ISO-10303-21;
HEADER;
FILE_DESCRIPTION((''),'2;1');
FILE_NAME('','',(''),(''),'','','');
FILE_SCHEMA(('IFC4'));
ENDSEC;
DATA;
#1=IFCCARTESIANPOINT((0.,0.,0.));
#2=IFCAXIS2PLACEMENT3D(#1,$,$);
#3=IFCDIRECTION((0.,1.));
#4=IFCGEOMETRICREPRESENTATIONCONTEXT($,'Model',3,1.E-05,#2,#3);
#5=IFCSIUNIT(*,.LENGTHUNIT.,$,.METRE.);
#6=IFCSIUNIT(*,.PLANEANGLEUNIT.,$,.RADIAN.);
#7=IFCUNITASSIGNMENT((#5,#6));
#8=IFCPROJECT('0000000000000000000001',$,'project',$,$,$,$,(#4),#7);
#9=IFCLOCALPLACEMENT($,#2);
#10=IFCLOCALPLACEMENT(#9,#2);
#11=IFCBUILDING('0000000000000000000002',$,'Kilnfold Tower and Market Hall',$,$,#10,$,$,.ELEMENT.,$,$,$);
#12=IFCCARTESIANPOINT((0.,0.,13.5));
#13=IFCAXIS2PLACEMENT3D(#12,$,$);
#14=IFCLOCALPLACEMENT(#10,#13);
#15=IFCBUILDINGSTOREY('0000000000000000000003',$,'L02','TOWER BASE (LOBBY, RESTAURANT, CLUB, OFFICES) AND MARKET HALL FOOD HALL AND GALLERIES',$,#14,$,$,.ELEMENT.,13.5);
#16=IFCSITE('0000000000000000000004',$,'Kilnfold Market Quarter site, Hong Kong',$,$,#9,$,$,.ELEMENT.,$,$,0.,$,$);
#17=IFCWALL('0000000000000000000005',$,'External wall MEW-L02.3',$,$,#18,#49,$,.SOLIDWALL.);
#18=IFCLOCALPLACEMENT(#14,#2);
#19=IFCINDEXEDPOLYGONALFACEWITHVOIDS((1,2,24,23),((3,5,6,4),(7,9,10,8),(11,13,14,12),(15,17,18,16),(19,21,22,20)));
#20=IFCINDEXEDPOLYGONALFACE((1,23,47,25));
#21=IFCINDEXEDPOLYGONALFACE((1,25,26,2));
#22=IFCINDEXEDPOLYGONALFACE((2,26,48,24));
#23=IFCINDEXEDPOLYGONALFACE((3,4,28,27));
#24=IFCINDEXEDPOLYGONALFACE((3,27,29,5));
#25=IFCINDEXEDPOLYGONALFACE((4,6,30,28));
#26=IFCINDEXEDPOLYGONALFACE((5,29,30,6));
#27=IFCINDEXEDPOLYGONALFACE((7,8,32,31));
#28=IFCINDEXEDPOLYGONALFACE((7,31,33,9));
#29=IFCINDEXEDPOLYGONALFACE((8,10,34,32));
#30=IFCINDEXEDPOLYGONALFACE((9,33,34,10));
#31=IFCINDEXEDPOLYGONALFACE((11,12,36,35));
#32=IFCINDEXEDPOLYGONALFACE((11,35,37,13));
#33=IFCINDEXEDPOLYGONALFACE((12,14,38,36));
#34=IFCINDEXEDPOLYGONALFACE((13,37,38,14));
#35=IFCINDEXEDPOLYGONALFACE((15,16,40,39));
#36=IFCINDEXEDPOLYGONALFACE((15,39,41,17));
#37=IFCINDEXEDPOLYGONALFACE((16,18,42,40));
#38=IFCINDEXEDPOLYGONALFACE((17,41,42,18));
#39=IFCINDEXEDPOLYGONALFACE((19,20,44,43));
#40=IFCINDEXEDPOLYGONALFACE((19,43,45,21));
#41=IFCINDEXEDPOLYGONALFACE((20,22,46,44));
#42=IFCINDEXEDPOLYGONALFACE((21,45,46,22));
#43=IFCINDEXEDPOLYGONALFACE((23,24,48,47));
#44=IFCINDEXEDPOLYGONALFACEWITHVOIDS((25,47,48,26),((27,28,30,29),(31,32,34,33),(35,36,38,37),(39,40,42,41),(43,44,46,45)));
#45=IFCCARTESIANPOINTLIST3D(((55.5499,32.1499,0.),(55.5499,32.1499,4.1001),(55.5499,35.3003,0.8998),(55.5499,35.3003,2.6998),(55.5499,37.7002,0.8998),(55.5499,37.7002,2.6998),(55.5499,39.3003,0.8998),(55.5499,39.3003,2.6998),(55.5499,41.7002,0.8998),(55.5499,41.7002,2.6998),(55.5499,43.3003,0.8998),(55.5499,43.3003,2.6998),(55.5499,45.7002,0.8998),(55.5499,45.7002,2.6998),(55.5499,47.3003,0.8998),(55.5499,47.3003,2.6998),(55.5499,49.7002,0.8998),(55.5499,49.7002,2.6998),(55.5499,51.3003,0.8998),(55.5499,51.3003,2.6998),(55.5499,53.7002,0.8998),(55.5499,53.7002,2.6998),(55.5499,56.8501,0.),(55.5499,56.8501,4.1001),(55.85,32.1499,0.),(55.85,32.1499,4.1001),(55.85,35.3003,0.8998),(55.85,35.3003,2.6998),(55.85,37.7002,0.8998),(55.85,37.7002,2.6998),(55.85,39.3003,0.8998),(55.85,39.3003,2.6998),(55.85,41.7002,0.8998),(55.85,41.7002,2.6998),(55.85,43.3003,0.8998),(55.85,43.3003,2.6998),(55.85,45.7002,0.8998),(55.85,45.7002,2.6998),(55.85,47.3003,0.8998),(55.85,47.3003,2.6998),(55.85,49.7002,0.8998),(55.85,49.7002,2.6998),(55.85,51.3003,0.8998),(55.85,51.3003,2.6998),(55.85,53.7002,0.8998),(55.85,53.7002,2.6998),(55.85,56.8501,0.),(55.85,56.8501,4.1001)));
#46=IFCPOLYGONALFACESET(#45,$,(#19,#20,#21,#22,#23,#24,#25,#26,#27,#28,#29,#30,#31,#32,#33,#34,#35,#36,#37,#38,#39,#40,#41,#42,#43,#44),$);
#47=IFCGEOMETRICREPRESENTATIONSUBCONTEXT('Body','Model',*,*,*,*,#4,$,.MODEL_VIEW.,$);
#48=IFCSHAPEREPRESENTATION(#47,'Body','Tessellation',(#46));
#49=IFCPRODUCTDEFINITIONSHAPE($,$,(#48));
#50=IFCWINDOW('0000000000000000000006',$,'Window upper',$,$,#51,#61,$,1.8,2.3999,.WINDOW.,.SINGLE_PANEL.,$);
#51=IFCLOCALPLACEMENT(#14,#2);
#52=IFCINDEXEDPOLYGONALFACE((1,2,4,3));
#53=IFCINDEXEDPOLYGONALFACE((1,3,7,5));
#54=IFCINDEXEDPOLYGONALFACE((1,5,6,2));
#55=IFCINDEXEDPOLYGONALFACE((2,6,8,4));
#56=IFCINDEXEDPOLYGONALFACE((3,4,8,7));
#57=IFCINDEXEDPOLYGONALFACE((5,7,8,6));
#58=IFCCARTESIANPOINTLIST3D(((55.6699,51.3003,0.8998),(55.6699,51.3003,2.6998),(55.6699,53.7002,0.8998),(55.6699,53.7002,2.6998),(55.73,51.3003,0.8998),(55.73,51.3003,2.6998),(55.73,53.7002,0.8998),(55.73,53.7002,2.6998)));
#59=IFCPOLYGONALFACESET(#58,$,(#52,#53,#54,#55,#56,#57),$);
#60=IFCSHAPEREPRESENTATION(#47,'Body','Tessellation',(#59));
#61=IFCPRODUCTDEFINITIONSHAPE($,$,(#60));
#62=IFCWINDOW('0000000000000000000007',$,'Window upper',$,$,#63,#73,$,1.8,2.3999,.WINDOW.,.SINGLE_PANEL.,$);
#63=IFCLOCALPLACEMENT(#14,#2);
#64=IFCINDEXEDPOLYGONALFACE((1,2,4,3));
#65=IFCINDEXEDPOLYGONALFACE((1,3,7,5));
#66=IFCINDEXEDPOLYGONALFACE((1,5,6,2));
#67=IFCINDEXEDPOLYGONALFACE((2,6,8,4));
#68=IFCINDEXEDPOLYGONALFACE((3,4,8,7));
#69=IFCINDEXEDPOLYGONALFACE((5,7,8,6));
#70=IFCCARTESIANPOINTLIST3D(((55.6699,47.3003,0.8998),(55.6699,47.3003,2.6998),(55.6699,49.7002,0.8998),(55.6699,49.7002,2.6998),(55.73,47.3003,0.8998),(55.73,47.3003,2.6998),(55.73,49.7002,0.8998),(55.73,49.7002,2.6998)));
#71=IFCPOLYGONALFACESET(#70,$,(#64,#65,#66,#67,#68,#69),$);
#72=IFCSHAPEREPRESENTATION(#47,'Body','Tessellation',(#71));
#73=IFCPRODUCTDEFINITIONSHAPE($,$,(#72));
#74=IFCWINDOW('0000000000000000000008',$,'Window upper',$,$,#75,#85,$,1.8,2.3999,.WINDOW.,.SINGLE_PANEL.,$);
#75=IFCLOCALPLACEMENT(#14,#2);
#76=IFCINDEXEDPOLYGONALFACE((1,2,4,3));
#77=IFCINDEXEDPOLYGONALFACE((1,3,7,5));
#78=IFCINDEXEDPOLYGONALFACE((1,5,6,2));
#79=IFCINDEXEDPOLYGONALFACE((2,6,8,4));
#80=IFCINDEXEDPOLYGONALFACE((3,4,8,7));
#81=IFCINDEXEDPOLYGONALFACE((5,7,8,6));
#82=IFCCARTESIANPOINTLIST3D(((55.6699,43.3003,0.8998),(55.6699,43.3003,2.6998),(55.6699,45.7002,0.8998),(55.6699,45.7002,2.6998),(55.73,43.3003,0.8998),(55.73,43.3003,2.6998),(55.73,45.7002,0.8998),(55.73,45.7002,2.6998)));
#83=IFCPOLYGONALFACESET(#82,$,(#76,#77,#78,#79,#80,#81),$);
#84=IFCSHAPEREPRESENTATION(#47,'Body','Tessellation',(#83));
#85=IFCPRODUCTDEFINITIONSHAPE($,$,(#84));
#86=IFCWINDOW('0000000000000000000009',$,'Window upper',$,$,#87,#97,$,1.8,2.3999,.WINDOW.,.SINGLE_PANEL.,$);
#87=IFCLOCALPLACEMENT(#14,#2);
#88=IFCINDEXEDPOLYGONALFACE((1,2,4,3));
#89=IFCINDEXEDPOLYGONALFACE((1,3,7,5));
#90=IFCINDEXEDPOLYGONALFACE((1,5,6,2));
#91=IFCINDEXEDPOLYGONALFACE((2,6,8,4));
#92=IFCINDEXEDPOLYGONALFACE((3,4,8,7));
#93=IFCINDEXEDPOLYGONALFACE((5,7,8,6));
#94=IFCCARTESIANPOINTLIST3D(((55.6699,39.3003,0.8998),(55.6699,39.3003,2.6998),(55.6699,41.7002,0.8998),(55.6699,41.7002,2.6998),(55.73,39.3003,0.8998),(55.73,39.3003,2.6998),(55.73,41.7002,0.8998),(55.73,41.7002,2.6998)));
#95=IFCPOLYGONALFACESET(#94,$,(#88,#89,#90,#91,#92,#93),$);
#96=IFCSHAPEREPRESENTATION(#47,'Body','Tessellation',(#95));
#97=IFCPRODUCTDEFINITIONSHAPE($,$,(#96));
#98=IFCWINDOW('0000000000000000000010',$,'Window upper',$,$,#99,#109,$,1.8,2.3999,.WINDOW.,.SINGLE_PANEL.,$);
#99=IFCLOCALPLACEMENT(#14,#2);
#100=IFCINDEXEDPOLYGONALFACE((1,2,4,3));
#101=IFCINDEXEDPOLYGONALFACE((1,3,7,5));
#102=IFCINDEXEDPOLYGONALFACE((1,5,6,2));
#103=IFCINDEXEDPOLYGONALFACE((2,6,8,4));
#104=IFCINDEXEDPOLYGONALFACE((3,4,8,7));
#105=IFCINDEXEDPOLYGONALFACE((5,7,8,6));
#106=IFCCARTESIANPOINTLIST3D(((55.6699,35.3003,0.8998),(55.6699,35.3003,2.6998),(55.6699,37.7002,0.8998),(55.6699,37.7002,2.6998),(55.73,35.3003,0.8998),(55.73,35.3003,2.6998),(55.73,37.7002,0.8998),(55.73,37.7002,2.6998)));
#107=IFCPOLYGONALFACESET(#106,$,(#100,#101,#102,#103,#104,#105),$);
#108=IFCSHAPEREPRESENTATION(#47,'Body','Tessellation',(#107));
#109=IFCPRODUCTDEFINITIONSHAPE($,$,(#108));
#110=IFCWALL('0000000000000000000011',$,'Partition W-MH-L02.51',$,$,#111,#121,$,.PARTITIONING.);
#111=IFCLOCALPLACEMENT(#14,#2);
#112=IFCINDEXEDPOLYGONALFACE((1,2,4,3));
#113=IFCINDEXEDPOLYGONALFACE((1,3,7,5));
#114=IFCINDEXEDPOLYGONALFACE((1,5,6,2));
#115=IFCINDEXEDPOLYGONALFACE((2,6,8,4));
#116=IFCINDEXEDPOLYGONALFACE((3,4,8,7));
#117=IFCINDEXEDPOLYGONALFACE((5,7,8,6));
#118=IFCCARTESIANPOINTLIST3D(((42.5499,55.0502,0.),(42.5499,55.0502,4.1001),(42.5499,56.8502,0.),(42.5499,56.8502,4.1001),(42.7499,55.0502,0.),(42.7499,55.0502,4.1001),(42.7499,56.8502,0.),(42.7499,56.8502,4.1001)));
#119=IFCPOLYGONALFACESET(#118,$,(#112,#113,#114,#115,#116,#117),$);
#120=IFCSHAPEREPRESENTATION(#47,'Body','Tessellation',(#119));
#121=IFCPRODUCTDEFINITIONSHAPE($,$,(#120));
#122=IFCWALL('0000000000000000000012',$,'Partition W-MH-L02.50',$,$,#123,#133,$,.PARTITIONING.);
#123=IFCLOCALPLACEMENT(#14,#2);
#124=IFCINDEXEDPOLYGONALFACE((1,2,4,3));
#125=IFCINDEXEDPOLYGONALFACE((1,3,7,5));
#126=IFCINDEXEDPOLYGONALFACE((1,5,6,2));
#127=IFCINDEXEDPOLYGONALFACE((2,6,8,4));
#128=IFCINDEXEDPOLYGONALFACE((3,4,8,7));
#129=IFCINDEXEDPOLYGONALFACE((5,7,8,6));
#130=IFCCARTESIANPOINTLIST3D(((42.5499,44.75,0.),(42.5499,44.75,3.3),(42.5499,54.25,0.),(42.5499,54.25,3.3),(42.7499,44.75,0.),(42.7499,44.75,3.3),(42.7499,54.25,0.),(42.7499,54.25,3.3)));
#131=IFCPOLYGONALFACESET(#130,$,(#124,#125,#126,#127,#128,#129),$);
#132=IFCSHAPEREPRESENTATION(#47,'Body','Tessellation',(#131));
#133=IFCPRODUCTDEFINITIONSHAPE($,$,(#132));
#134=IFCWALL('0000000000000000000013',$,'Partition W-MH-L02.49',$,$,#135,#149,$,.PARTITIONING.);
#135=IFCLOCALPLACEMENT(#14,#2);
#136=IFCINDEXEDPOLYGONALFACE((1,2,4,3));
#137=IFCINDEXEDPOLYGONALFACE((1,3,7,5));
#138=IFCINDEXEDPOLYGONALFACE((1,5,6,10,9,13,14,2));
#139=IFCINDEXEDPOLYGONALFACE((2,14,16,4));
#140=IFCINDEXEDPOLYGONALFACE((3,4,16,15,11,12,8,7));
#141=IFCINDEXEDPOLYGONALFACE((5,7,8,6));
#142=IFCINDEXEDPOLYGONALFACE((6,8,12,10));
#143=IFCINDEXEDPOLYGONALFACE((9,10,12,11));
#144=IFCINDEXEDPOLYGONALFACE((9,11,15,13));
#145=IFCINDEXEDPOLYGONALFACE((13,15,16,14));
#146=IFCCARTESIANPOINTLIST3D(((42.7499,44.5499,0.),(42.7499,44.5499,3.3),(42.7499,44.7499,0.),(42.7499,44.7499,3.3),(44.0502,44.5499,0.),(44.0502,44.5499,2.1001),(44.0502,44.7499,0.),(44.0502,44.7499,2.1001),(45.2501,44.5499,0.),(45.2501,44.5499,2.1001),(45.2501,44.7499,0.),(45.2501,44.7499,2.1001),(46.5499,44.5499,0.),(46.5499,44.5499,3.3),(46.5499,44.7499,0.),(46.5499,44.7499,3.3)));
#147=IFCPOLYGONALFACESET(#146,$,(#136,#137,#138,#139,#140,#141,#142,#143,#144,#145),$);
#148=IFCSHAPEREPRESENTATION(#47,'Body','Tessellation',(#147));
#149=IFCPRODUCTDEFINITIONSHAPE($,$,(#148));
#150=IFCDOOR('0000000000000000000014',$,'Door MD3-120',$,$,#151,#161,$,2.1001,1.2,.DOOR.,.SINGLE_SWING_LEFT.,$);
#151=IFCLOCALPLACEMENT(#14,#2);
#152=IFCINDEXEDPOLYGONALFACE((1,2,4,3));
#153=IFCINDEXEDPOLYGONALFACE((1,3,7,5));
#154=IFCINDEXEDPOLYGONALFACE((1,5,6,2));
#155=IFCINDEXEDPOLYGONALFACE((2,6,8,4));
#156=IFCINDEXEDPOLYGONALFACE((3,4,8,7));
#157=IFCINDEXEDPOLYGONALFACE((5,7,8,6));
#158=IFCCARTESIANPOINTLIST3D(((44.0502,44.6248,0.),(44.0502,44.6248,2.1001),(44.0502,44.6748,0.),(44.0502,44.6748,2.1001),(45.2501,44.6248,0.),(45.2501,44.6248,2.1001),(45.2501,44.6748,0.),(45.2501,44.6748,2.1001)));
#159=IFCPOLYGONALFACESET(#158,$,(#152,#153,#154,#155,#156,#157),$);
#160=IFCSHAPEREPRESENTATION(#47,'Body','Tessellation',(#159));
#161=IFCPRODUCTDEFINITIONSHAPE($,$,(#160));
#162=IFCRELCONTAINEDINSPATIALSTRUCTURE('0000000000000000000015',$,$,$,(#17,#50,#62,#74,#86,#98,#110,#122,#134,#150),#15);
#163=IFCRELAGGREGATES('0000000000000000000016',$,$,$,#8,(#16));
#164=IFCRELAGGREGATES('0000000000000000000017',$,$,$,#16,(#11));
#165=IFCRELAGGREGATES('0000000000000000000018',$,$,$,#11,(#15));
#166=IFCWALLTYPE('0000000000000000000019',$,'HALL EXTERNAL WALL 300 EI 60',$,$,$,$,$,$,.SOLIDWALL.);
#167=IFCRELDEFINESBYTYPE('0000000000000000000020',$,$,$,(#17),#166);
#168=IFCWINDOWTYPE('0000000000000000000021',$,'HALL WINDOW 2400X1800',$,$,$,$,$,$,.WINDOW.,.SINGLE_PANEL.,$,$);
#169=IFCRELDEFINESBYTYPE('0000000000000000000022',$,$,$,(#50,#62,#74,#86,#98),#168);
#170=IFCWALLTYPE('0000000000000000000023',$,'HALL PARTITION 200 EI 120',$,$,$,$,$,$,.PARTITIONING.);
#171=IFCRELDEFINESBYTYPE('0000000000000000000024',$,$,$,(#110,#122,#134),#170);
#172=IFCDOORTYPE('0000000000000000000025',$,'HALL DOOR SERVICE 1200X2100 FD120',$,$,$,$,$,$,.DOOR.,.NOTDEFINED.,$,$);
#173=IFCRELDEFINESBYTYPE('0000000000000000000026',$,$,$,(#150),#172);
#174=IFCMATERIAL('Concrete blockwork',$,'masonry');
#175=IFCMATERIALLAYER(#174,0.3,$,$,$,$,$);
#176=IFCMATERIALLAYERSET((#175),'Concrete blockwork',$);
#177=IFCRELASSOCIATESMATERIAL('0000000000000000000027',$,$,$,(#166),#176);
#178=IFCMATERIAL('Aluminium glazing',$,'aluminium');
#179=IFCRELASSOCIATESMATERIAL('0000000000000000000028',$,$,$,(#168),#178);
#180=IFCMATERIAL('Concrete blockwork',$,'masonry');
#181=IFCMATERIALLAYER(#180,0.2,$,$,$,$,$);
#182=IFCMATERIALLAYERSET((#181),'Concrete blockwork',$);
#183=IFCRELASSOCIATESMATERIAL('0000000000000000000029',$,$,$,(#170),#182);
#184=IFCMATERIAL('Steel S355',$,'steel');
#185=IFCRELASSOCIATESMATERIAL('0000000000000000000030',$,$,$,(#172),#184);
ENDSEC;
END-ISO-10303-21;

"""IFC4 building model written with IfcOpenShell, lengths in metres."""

from ifc_helpers import new_model, si_unit, direction, frame, frame_2d, origin, place, context, subcontext, project, spatial, rectangle, extrude, source, transform, mapped, material, layer, layer_set, type_object, element, fill, save


model = new_model("IFC4")

# Units and contexts
model_context = context("Model", 3, precision=1e-05, world=origin(), true_north=direction((0.0, 1.0)))
body_context = subcontext(model_context, "Body", "Model", "MODEL_VIEW")
ifc_project = project(units=[si_unit("LENGTHUNIT", "METRE"), si_unit("PLANEANGLEUNIT", "RADIAN")], contexts=[model_context])

# Site, building, storey
site_placement = place(None, origin())
site = spatial("IfcSite", under=ifc_project, at=site_placement, Name="Kilnfold Market Quarter site, Hong Kong", CompositionType="ELEMENT", RefElevation=0.0)
building_placement = place(site_placement, origin())
building = spatial("IfcBuilding", under=site, at=building_placement, Name="Kilnfold Tower and Market Hall", CompositionType="ELEMENT")
storey_placement = place(building_placement, frame((0.0, 0.0, 13.5)))
storey = spatial("IfcBuildingStorey", under=building, at=storey_placement, Name="L02", Description="TOWER BASE (LOBBY, RESTAURANT, CLUB, OFFICES) AND MARKET HALL FOOD HALL AND GALLERIES", CompositionType="ELEMENT", Elevation=13.5)

# Wall, openings, windows
ifc_material_1 = material(Name="Concrete blockwork", Category="masonry")
ifc_layer_1 = layer(ifc_material_1, 0.3)
ifc_layer_set_1 = layer_set([ifc_layer_1], Name="Concrete blockwork")
wall_type_1 = type_object("IfcWallType", Name="HALL EXTERNAL WALL 300 EI 60", PredefinedType="SOLIDWALL", material=ifc_layer_set_1)
shared_shape_1 = source(origin(), body_context, "Body", "SweptSolid", [
    extrude(rectangle(XDim=24.7002, YDim=0.3, at=frame_2d((12.3501, 0.0))), origin(), (0.0, 0.0, 1.0), 4.1001),
])
wall_1_placement = place(storey_placement, frame((55.7, 56.8501, 0.0), z_axis=(0.0, 0.0, 1.0), x_axis=(0.0, -1.0, 0.0)))
wall_1 = element("IfcWall", 1, at=wall_1_placement, inside=storey, type_object=wall_type_1, Name="External wall MEW-L02.3", PredefinedType="SOLIDWALL", context=body_context, shape_type="MappedRepresentation", body=[
    mapped(shared_shape_1, transform((0.0, 0.0, 0.0))),
])
opening_1_placement = place(wall_1_placement, frame((3.1499, 0.0, 0.8999)))
opening_1 = element("IfcOpeningElement", 2, at=opening_1_placement, cuts=wall_1, PredefinedType="OPENING", context=body_context, shape_type="SweptSolid", body=[
    extrude(rectangle(XDim=2.3999, YDim=1.8, at=frame_2d((1.2, 0.8999))), frame((0.0, 0.1602, 0.0), z_axis=(0.0, -1.0, 0.0), x_axis=(1.0, 0.0, 0.0)), (0.0, 0.0, 1.0), 0.3201),
])
opening_2_placement = place(wall_1_placement, frame((7.1499, 0.0, 0.8999)))
opening_2 = element("IfcOpeningElement", 3, at=opening_2_placement, cuts=wall_1, PredefinedType="OPENING", context=body_context, shape_type="SweptSolid", body=[
    extrude(rectangle(XDim=2.3999, YDim=1.8, at=frame_2d((1.2, 0.8999))), frame((0.0, 0.1602, 0.0), z_axis=(0.0, -1.0, 0.0), x_axis=(1.0, 0.0, 0.0)), (0.0, 0.0, 1.0), 0.3201),
])
opening_3_placement = place(wall_1_placement, frame((11.1499, 0.0, 0.8999)))
opening_3 = element("IfcOpeningElement", 4, at=opening_3_placement, cuts=wall_1, PredefinedType="OPENING", context=body_context, shape_type="SweptSolid", body=[
    extrude(rectangle(XDim=2.3999, YDim=1.8, at=frame_2d((1.2, 0.8999))), frame((0.0, 0.1602, 0.0), z_axis=(0.0, -1.0, 0.0), x_axis=(1.0, 0.0, 0.0)), (0.0, 0.0, 1.0), 0.3201),
])
opening_4_placement = place(wall_1_placement, frame((15.1499, 0.0, 0.8999)))
opening_4 = element("IfcOpeningElement", 5, at=opening_4_placement, cuts=wall_1, PredefinedType="OPENING", context=body_context, shape_type="SweptSolid", body=[
    extrude(rectangle(XDim=2.3999, YDim=1.8, at=frame_2d((1.2, 0.8999))), frame((0.0, 0.1602, 0.0), z_axis=(0.0, -1.0, 0.0), x_axis=(1.0, 0.0, 0.0)), (0.0, 0.0, 1.0), 0.3201),
])
opening_5_placement = place(wall_1_placement, frame((19.1499, 0.0, 0.8999)))
opening_5 = element("IfcOpeningElement", 6, at=opening_5_placement, cuts=wall_1, PredefinedType="OPENING", context=body_context, shape_type="SweptSolid", body=[
    extrude(rectangle(XDim=2.3999, YDim=1.8, at=frame_2d((1.2, 0.8999))), frame((0.0, 0.1602, 0.0), z_axis=(0.0, -1.0, 0.0), x_axis=(1.0, 0.0, 0.0)), (0.0, 0.0, 1.0), 0.3201),
])
ifc_material_2 = material(Name="Aluminium glazing", Category="aluminium")
window_type = type_object("IfcWindowType", Name="HALL WINDOW 2400X1800", PartitioningType="SINGLE_PANEL", PredefinedType="WINDOW", material=ifc_material_2)
window_1_placement = place(opening_1_placement, origin())
window_1 = element("IfcWindow", 7, at=window_1_placement, inside=storey, type_object=window_type, Name="Window upper", OverallHeight=1.8, OverallWidth=2.3999, PartitioningType="SINGLE_PANEL", PredefinedType="WINDOW", context=body_context, shape_type="SweptSolid", body=[
    extrude(rectangle(XDim=2.3999, YDim=1.8, at=frame_2d((1.2, 0.8999))), frame((0.0, 0.03, 0.0), z_axis=(0.0, -1.0, 0.0), x_axis=(1.0, 0.0, 0.0)), (0.0, 0.0, 1.0), 0.0601),
])
fill(opening_1, window_1)
window_2_placement = place(opening_2_placement, origin())
window_2 = element("IfcWindow", 8, at=window_2_placement, inside=storey, type_object=window_type, Name="Window upper", OverallHeight=1.8, OverallWidth=2.3999, PartitioningType="SINGLE_PANEL", PredefinedType="WINDOW", context=body_context, shape_type="SweptSolid", body=[
    extrude(rectangle(XDim=2.3999, YDim=1.8, at=frame_2d((1.2, 0.8999))), frame((0.0, 0.03, 0.0), z_axis=(0.0, -1.0, 0.0), x_axis=(1.0, 0.0, 0.0)), (0.0, 0.0, 1.0), 0.0601),
])
fill(opening_2, window_2)
window_3_placement = place(opening_3_placement, origin())
window_3 = element("IfcWindow", 9, at=window_3_placement, inside=storey, type_object=window_type, Name="Window upper", OverallHeight=1.8, OverallWidth=2.3999, PartitioningType="SINGLE_PANEL", PredefinedType="WINDOW", context=body_context, shape_type="SweptSolid", body=[
    extrude(rectangle(XDim=2.3999, YDim=1.8, at=frame_2d((1.2, 0.8999))), frame((0.0, 0.03, 0.0), z_axis=(0.0, -1.0, 0.0), x_axis=(1.0, 0.0, 0.0)), (0.0, 0.0, 1.0), 0.0601),
])
fill(opening_3, window_3)
window_4_placement = place(opening_4_placement, origin())
window_4 = element("IfcWindow", 10, at=window_4_placement, inside=storey, type_object=window_type, Name="Window upper", OverallHeight=1.8, OverallWidth=2.3999, PartitioningType="SINGLE_PANEL", PredefinedType="WINDOW", context=body_context, shape_type="SweptSolid", body=[
    extrude(rectangle(XDim=2.3999, YDim=1.8, at=frame_2d((1.2, 0.8999))), frame((0.0, 0.03, 0.0), z_axis=(0.0, -1.0, 0.0), x_axis=(1.0, 0.0, 0.0)), (0.0, 0.0, 1.0), 0.0601),
])
fill(opening_4, window_4)
window_5_placement = place(opening_5_placement, origin())
window_5 = element("IfcWindow", 11, at=window_5_placement, inside=storey, type_object=window_type, Name="Window upper", OverallHeight=1.8, OverallWidth=2.3999, PartitioningType="SINGLE_PANEL", PredefinedType="WINDOW", context=body_context, shape_type="SweptSolid", body=[
    extrude(rectangle(XDim=2.3999, YDim=1.8, at=frame_2d((1.2, 0.8999))), frame((0.0, 0.03, 0.0), z_axis=(0.0, -1.0, 0.0), x_axis=(1.0, 0.0, 0.0)), (0.0, 0.0, 1.0), 0.0601),
])
fill(opening_5, window_5)

# Walls
ifc_material_3 = material(Name="Concrete blockwork", Category="masonry")
ifc_layer_2 = layer(ifc_material_3, 0.2)
ifc_layer_set_2 = layer_set([ifc_layer_2], Name="Concrete blockwork")
wall_type_2 = type_object("IfcWallType", Name="HALL PARTITION 200 EI 120", PredefinedType="PARTITIONING", material=ifc_layer_set_2)
shared_shape_2 = source(origin(), body_context, "Body", "SweptSolid", [
    extrude(rectangle(XDim=1.8, YDim=0.2, at=frame_2d((0.8999, 0.0))), origin(), (0.0, 0.0, 1.0), 4.1001),
])
wall_2_placement = place(storey_placement, frame((42.6499, 56.8501, 0.0), z_axis=(0.0, 0.0, 1.0), x_axis=(0.0, -1.0, 0.0)))
element("IfcWall", 12, at=wall_2_placement, inside=storey, type_object=wall_type_2, Name="Partition W-MH-L02.51", PredefinedType="PARTITIONING", context=body_context, shape_type="MappedRepresentation", body=[
    mapped(shared_shape_2, transform((0.0, 0.0, 0.0))),
])
shared_shape_3 = source(origin(), body_context, "Body", "SweptSolid", [
    extrude(rectangle(XDim=9.5, YDim=0.2, at=frame_2d((4.75, 0.0))), origin(), (0.0, 0.0, 1.0), 3.3),
])
wall_3_placement = place(storey_placement, frame((42.6499, 54.25, 0.0), z_axis=(0.0, 0.0, 1.0), x_axis=(0.0, -1.0, 0.0)))
element("IfcWall", 13, at=wall_3_placement, inside=storey, type_object=wall_type_2, Name="Partition W-MH-L02.50", PredefinedType="PARTITIONING", context=body_context, shape_type="MappedRepresentation", body=[
    mapped(shared_shape_3, transform((0.0, 0.0, 0.0))),
])

# Wall, opening, door
shared_shape_4 = source(origin(), body_context, "Body", "SweptSolid", [
    extrude(rectangle(XDim=3.8, YDim=0.2, at=frame_2d((1.8999, 0.0))), origin(), (0.0, 0.0, 1.0), 3.3),
])
wall_4_placement = place(storey_placement, frame((42.75, 44.6499, 0.0), z_axis=(0.0, 0.0, 1.0), x_axis=(1.0, 0.0, 0.0)))
wall_4 = element("IfcWall", 14, at=wall_4_placement, inside=storey, type_object=wall_type_2, Name="Partition W-MH-L02.49", PredefinedType="PARTITIONING", context=body_context, shape_type="MappedRepresentation", body=[
    mapped(shared_shape_4, transform((0.0, 0.0, 0.0))),
])
opening_6_placement = place(wall_4_placement, frame((1.3, 0.0, 0.0)))
opening_6 = element("IfcOpeningElement", 15, at=opening_6_placement, cuts=wall_4, PredefinedType="OPENING", context=body_context, shape_type="SweptSolid", body=[
    extrude(rectangle(XDim=1.2, YDim=2.1001, at=frame_2d((0.6001, 1.05))), frame((0.0, 0.1099, 0.0), z_axis=(0.0, -1.0, 0.0), x_axis=(1.0, 0.0, 0.0)), (0.0, 0.0, 1.0), 0.22),
])
ifc_material_4 = material(Name="Steel S355", Category="steel")
door_type_1 = type_object("IfcDoorType", Name="HALL DOOR SERVICE 1200X2100 FD120", OperationType="NOTDEFINED", PredefinedType="DOOR", material=ifc_material_4)
door_1_placement = place(opening_6_placement, origin())
door_1 = element("IfcDoor", 16, at=door_1_placement, inside=storey, type_object=door_type_1, Name="Door MD3-120", OperationType="SINGLE_SWING_LEFT", OverallHeight=2.1001, OverallWidth=1.2, PredefinedType="DOOR", context=body_context, shape_type="SweptSolid", body=[
    extrude(rectangle(XDim=1.2, YDim=2.1001, at=frame_2d((0.6001, 1.05))), frame((0.0, 0.0249, 0.0), z_axis=(0.0, -1.0, 0.0), x_axis=(1.0, 0.0, 0.0)), (0.0, 0.0, 1.0), 0.05),
])
fill(opening_6, door_1)

save(model, "model.ifc")
